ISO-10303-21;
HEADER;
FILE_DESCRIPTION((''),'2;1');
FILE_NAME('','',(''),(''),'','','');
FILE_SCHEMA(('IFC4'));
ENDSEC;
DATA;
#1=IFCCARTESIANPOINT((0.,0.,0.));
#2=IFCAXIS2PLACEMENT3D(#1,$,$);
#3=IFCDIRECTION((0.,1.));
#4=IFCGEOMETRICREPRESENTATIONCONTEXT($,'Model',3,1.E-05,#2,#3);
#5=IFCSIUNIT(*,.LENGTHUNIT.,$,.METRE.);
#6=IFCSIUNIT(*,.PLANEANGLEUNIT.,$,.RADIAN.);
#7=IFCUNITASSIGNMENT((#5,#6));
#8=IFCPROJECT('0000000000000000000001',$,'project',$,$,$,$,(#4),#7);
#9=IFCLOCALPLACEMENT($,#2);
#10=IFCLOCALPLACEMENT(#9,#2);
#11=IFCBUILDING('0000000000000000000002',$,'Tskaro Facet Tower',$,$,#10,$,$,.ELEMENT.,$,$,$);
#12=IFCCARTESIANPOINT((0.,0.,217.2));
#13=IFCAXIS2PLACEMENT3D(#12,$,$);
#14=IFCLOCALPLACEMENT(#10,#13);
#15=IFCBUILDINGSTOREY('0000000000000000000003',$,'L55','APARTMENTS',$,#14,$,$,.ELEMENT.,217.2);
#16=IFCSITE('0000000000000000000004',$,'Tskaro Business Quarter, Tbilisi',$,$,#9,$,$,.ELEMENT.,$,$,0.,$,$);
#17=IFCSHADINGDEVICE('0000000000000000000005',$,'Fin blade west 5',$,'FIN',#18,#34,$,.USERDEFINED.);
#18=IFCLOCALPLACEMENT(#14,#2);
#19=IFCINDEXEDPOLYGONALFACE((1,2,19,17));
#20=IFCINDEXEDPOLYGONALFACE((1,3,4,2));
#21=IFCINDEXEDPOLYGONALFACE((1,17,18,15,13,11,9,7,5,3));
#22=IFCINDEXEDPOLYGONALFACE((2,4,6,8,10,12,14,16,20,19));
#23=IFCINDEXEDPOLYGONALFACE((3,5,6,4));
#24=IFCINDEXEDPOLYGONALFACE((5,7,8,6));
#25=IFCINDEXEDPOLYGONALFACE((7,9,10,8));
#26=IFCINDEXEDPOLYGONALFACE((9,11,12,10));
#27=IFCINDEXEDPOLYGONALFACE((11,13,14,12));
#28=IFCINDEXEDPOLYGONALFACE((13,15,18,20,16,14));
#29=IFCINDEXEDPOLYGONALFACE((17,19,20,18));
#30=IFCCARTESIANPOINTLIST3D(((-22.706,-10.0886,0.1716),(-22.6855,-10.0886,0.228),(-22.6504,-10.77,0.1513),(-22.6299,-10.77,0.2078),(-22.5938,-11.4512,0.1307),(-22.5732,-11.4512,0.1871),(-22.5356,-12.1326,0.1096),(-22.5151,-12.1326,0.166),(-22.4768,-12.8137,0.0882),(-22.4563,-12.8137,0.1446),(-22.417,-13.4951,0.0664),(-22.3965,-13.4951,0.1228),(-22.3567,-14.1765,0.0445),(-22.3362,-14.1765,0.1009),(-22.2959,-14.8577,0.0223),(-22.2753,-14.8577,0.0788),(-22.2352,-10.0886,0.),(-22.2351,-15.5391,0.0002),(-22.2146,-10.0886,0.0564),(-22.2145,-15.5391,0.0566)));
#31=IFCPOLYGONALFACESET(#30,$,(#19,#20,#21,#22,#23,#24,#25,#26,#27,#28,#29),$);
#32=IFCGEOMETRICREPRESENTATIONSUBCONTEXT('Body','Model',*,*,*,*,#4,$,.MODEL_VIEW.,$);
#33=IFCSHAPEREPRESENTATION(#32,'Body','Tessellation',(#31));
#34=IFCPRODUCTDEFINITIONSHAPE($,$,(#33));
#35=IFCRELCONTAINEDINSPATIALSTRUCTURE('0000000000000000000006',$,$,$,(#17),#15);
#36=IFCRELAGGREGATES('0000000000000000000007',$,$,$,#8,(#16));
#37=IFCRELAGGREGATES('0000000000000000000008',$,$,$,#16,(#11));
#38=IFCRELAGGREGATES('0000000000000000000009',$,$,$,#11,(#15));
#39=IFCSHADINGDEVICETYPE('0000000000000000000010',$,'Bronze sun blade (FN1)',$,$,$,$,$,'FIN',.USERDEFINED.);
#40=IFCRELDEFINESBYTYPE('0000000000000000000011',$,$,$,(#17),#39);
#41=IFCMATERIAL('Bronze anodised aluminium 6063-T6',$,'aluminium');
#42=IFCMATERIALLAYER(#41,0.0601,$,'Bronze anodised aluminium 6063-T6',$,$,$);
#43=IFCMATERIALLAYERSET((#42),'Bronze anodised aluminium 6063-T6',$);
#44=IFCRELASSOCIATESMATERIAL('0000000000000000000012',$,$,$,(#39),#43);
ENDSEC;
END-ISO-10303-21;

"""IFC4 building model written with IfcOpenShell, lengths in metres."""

from ifc_helpers import new_model, si_unit, direction, frame, origin, place, context, subcontext, project, spatial, polyline, outline, extrude, material, layer, layer_set, type_object, element, save


model = new_model("IFC4")

# Units and contexts
model_context = context("Model", 3, precision=1e-05, world=origin(), true_north=direction((0.0, 1.0)))
body_context = subcontext(model_context, "Body", "Model", "MODEL_VIEW")
ifc_project = project(units=[si_unit("LENGTHUNIT", "METRE"), si_unit("PLANEANGLEUNIT", "RADIAN")], contexts=[model_context])

# Site, building, storey
site_placement = place(None, origin())
site = spatial("IfcSite", under=ifc_project, at=site_placement, Name="Tskaro Business Quarter, Tbilisi", CompositionType="ELEMENT", RefElevation=0.0)
building_placement = place(site_placement, origin())
building = spatial("IfcBuilding", under=site, at=building_placement, Name="Tskaro Facet Tower", CompositionType="ELEMENT")
storey_placement = place(building_placement, frame((0.0, 0.0, 217.2)))
storey = spatial("IfcBuildingStorey", under=building, at=storey_placement, Name="L55", Description="APARTMENTS", CompositionType="ELEMENT", Elevation=217.2)

# Shared definitions
ifc_material_1 = material(Name="Bronze anodised aluminium 6063-T6", Category="aluminium")

# Shading device
ifc_layer_1 = layer(ifc_material_1, 0.0601, Name="Bronze anodised aluminium 6063-T6")
ifc_layer_set_1 = layer_set([ifc_layer_1], Name="Bronze anodised aluminium 6063-T6")
shading_device_type = type_object("IfcShadingDeviceType", Name="Bronze sun blade (FN1)", ElementType="FIN", PredefinedType="USERDEFINED", material=ifc_layer_set_1)
shading_device_1_placement = place(storey_placement, frame((-22.2146, -10.0886, 0.0564), z_axis=(0.342416, 0.000043, 0.939548), x_axis=(0.000015, -1.0, 0.00004)))
element("IfcShadingDevice", 1, at=shading_device_1_placement, inside=storey, type_object=shading_device_type, Name="Fin blade west 5", ObjectType="FIN", PredefinedType="USERDEFINED", context=body_context, shape_type="SweptSolid", body=[
    extrude(outline(polyline([(0.0, 0.0), (5.4504, 0.0), (4.769, -0.0647), (4.0879, -0.1294), (3.4065, -0.1936), (2.7251, -0.2573), (2.0439, -0.3198), (1.3625, -0.3817), (0.6814, -0.442), (0.0, -0.5012), (0.0, 0.0)])), origin(), (0.0, 0.0, -1.0), 0.0601),
])

save(model, "model.ifc")
